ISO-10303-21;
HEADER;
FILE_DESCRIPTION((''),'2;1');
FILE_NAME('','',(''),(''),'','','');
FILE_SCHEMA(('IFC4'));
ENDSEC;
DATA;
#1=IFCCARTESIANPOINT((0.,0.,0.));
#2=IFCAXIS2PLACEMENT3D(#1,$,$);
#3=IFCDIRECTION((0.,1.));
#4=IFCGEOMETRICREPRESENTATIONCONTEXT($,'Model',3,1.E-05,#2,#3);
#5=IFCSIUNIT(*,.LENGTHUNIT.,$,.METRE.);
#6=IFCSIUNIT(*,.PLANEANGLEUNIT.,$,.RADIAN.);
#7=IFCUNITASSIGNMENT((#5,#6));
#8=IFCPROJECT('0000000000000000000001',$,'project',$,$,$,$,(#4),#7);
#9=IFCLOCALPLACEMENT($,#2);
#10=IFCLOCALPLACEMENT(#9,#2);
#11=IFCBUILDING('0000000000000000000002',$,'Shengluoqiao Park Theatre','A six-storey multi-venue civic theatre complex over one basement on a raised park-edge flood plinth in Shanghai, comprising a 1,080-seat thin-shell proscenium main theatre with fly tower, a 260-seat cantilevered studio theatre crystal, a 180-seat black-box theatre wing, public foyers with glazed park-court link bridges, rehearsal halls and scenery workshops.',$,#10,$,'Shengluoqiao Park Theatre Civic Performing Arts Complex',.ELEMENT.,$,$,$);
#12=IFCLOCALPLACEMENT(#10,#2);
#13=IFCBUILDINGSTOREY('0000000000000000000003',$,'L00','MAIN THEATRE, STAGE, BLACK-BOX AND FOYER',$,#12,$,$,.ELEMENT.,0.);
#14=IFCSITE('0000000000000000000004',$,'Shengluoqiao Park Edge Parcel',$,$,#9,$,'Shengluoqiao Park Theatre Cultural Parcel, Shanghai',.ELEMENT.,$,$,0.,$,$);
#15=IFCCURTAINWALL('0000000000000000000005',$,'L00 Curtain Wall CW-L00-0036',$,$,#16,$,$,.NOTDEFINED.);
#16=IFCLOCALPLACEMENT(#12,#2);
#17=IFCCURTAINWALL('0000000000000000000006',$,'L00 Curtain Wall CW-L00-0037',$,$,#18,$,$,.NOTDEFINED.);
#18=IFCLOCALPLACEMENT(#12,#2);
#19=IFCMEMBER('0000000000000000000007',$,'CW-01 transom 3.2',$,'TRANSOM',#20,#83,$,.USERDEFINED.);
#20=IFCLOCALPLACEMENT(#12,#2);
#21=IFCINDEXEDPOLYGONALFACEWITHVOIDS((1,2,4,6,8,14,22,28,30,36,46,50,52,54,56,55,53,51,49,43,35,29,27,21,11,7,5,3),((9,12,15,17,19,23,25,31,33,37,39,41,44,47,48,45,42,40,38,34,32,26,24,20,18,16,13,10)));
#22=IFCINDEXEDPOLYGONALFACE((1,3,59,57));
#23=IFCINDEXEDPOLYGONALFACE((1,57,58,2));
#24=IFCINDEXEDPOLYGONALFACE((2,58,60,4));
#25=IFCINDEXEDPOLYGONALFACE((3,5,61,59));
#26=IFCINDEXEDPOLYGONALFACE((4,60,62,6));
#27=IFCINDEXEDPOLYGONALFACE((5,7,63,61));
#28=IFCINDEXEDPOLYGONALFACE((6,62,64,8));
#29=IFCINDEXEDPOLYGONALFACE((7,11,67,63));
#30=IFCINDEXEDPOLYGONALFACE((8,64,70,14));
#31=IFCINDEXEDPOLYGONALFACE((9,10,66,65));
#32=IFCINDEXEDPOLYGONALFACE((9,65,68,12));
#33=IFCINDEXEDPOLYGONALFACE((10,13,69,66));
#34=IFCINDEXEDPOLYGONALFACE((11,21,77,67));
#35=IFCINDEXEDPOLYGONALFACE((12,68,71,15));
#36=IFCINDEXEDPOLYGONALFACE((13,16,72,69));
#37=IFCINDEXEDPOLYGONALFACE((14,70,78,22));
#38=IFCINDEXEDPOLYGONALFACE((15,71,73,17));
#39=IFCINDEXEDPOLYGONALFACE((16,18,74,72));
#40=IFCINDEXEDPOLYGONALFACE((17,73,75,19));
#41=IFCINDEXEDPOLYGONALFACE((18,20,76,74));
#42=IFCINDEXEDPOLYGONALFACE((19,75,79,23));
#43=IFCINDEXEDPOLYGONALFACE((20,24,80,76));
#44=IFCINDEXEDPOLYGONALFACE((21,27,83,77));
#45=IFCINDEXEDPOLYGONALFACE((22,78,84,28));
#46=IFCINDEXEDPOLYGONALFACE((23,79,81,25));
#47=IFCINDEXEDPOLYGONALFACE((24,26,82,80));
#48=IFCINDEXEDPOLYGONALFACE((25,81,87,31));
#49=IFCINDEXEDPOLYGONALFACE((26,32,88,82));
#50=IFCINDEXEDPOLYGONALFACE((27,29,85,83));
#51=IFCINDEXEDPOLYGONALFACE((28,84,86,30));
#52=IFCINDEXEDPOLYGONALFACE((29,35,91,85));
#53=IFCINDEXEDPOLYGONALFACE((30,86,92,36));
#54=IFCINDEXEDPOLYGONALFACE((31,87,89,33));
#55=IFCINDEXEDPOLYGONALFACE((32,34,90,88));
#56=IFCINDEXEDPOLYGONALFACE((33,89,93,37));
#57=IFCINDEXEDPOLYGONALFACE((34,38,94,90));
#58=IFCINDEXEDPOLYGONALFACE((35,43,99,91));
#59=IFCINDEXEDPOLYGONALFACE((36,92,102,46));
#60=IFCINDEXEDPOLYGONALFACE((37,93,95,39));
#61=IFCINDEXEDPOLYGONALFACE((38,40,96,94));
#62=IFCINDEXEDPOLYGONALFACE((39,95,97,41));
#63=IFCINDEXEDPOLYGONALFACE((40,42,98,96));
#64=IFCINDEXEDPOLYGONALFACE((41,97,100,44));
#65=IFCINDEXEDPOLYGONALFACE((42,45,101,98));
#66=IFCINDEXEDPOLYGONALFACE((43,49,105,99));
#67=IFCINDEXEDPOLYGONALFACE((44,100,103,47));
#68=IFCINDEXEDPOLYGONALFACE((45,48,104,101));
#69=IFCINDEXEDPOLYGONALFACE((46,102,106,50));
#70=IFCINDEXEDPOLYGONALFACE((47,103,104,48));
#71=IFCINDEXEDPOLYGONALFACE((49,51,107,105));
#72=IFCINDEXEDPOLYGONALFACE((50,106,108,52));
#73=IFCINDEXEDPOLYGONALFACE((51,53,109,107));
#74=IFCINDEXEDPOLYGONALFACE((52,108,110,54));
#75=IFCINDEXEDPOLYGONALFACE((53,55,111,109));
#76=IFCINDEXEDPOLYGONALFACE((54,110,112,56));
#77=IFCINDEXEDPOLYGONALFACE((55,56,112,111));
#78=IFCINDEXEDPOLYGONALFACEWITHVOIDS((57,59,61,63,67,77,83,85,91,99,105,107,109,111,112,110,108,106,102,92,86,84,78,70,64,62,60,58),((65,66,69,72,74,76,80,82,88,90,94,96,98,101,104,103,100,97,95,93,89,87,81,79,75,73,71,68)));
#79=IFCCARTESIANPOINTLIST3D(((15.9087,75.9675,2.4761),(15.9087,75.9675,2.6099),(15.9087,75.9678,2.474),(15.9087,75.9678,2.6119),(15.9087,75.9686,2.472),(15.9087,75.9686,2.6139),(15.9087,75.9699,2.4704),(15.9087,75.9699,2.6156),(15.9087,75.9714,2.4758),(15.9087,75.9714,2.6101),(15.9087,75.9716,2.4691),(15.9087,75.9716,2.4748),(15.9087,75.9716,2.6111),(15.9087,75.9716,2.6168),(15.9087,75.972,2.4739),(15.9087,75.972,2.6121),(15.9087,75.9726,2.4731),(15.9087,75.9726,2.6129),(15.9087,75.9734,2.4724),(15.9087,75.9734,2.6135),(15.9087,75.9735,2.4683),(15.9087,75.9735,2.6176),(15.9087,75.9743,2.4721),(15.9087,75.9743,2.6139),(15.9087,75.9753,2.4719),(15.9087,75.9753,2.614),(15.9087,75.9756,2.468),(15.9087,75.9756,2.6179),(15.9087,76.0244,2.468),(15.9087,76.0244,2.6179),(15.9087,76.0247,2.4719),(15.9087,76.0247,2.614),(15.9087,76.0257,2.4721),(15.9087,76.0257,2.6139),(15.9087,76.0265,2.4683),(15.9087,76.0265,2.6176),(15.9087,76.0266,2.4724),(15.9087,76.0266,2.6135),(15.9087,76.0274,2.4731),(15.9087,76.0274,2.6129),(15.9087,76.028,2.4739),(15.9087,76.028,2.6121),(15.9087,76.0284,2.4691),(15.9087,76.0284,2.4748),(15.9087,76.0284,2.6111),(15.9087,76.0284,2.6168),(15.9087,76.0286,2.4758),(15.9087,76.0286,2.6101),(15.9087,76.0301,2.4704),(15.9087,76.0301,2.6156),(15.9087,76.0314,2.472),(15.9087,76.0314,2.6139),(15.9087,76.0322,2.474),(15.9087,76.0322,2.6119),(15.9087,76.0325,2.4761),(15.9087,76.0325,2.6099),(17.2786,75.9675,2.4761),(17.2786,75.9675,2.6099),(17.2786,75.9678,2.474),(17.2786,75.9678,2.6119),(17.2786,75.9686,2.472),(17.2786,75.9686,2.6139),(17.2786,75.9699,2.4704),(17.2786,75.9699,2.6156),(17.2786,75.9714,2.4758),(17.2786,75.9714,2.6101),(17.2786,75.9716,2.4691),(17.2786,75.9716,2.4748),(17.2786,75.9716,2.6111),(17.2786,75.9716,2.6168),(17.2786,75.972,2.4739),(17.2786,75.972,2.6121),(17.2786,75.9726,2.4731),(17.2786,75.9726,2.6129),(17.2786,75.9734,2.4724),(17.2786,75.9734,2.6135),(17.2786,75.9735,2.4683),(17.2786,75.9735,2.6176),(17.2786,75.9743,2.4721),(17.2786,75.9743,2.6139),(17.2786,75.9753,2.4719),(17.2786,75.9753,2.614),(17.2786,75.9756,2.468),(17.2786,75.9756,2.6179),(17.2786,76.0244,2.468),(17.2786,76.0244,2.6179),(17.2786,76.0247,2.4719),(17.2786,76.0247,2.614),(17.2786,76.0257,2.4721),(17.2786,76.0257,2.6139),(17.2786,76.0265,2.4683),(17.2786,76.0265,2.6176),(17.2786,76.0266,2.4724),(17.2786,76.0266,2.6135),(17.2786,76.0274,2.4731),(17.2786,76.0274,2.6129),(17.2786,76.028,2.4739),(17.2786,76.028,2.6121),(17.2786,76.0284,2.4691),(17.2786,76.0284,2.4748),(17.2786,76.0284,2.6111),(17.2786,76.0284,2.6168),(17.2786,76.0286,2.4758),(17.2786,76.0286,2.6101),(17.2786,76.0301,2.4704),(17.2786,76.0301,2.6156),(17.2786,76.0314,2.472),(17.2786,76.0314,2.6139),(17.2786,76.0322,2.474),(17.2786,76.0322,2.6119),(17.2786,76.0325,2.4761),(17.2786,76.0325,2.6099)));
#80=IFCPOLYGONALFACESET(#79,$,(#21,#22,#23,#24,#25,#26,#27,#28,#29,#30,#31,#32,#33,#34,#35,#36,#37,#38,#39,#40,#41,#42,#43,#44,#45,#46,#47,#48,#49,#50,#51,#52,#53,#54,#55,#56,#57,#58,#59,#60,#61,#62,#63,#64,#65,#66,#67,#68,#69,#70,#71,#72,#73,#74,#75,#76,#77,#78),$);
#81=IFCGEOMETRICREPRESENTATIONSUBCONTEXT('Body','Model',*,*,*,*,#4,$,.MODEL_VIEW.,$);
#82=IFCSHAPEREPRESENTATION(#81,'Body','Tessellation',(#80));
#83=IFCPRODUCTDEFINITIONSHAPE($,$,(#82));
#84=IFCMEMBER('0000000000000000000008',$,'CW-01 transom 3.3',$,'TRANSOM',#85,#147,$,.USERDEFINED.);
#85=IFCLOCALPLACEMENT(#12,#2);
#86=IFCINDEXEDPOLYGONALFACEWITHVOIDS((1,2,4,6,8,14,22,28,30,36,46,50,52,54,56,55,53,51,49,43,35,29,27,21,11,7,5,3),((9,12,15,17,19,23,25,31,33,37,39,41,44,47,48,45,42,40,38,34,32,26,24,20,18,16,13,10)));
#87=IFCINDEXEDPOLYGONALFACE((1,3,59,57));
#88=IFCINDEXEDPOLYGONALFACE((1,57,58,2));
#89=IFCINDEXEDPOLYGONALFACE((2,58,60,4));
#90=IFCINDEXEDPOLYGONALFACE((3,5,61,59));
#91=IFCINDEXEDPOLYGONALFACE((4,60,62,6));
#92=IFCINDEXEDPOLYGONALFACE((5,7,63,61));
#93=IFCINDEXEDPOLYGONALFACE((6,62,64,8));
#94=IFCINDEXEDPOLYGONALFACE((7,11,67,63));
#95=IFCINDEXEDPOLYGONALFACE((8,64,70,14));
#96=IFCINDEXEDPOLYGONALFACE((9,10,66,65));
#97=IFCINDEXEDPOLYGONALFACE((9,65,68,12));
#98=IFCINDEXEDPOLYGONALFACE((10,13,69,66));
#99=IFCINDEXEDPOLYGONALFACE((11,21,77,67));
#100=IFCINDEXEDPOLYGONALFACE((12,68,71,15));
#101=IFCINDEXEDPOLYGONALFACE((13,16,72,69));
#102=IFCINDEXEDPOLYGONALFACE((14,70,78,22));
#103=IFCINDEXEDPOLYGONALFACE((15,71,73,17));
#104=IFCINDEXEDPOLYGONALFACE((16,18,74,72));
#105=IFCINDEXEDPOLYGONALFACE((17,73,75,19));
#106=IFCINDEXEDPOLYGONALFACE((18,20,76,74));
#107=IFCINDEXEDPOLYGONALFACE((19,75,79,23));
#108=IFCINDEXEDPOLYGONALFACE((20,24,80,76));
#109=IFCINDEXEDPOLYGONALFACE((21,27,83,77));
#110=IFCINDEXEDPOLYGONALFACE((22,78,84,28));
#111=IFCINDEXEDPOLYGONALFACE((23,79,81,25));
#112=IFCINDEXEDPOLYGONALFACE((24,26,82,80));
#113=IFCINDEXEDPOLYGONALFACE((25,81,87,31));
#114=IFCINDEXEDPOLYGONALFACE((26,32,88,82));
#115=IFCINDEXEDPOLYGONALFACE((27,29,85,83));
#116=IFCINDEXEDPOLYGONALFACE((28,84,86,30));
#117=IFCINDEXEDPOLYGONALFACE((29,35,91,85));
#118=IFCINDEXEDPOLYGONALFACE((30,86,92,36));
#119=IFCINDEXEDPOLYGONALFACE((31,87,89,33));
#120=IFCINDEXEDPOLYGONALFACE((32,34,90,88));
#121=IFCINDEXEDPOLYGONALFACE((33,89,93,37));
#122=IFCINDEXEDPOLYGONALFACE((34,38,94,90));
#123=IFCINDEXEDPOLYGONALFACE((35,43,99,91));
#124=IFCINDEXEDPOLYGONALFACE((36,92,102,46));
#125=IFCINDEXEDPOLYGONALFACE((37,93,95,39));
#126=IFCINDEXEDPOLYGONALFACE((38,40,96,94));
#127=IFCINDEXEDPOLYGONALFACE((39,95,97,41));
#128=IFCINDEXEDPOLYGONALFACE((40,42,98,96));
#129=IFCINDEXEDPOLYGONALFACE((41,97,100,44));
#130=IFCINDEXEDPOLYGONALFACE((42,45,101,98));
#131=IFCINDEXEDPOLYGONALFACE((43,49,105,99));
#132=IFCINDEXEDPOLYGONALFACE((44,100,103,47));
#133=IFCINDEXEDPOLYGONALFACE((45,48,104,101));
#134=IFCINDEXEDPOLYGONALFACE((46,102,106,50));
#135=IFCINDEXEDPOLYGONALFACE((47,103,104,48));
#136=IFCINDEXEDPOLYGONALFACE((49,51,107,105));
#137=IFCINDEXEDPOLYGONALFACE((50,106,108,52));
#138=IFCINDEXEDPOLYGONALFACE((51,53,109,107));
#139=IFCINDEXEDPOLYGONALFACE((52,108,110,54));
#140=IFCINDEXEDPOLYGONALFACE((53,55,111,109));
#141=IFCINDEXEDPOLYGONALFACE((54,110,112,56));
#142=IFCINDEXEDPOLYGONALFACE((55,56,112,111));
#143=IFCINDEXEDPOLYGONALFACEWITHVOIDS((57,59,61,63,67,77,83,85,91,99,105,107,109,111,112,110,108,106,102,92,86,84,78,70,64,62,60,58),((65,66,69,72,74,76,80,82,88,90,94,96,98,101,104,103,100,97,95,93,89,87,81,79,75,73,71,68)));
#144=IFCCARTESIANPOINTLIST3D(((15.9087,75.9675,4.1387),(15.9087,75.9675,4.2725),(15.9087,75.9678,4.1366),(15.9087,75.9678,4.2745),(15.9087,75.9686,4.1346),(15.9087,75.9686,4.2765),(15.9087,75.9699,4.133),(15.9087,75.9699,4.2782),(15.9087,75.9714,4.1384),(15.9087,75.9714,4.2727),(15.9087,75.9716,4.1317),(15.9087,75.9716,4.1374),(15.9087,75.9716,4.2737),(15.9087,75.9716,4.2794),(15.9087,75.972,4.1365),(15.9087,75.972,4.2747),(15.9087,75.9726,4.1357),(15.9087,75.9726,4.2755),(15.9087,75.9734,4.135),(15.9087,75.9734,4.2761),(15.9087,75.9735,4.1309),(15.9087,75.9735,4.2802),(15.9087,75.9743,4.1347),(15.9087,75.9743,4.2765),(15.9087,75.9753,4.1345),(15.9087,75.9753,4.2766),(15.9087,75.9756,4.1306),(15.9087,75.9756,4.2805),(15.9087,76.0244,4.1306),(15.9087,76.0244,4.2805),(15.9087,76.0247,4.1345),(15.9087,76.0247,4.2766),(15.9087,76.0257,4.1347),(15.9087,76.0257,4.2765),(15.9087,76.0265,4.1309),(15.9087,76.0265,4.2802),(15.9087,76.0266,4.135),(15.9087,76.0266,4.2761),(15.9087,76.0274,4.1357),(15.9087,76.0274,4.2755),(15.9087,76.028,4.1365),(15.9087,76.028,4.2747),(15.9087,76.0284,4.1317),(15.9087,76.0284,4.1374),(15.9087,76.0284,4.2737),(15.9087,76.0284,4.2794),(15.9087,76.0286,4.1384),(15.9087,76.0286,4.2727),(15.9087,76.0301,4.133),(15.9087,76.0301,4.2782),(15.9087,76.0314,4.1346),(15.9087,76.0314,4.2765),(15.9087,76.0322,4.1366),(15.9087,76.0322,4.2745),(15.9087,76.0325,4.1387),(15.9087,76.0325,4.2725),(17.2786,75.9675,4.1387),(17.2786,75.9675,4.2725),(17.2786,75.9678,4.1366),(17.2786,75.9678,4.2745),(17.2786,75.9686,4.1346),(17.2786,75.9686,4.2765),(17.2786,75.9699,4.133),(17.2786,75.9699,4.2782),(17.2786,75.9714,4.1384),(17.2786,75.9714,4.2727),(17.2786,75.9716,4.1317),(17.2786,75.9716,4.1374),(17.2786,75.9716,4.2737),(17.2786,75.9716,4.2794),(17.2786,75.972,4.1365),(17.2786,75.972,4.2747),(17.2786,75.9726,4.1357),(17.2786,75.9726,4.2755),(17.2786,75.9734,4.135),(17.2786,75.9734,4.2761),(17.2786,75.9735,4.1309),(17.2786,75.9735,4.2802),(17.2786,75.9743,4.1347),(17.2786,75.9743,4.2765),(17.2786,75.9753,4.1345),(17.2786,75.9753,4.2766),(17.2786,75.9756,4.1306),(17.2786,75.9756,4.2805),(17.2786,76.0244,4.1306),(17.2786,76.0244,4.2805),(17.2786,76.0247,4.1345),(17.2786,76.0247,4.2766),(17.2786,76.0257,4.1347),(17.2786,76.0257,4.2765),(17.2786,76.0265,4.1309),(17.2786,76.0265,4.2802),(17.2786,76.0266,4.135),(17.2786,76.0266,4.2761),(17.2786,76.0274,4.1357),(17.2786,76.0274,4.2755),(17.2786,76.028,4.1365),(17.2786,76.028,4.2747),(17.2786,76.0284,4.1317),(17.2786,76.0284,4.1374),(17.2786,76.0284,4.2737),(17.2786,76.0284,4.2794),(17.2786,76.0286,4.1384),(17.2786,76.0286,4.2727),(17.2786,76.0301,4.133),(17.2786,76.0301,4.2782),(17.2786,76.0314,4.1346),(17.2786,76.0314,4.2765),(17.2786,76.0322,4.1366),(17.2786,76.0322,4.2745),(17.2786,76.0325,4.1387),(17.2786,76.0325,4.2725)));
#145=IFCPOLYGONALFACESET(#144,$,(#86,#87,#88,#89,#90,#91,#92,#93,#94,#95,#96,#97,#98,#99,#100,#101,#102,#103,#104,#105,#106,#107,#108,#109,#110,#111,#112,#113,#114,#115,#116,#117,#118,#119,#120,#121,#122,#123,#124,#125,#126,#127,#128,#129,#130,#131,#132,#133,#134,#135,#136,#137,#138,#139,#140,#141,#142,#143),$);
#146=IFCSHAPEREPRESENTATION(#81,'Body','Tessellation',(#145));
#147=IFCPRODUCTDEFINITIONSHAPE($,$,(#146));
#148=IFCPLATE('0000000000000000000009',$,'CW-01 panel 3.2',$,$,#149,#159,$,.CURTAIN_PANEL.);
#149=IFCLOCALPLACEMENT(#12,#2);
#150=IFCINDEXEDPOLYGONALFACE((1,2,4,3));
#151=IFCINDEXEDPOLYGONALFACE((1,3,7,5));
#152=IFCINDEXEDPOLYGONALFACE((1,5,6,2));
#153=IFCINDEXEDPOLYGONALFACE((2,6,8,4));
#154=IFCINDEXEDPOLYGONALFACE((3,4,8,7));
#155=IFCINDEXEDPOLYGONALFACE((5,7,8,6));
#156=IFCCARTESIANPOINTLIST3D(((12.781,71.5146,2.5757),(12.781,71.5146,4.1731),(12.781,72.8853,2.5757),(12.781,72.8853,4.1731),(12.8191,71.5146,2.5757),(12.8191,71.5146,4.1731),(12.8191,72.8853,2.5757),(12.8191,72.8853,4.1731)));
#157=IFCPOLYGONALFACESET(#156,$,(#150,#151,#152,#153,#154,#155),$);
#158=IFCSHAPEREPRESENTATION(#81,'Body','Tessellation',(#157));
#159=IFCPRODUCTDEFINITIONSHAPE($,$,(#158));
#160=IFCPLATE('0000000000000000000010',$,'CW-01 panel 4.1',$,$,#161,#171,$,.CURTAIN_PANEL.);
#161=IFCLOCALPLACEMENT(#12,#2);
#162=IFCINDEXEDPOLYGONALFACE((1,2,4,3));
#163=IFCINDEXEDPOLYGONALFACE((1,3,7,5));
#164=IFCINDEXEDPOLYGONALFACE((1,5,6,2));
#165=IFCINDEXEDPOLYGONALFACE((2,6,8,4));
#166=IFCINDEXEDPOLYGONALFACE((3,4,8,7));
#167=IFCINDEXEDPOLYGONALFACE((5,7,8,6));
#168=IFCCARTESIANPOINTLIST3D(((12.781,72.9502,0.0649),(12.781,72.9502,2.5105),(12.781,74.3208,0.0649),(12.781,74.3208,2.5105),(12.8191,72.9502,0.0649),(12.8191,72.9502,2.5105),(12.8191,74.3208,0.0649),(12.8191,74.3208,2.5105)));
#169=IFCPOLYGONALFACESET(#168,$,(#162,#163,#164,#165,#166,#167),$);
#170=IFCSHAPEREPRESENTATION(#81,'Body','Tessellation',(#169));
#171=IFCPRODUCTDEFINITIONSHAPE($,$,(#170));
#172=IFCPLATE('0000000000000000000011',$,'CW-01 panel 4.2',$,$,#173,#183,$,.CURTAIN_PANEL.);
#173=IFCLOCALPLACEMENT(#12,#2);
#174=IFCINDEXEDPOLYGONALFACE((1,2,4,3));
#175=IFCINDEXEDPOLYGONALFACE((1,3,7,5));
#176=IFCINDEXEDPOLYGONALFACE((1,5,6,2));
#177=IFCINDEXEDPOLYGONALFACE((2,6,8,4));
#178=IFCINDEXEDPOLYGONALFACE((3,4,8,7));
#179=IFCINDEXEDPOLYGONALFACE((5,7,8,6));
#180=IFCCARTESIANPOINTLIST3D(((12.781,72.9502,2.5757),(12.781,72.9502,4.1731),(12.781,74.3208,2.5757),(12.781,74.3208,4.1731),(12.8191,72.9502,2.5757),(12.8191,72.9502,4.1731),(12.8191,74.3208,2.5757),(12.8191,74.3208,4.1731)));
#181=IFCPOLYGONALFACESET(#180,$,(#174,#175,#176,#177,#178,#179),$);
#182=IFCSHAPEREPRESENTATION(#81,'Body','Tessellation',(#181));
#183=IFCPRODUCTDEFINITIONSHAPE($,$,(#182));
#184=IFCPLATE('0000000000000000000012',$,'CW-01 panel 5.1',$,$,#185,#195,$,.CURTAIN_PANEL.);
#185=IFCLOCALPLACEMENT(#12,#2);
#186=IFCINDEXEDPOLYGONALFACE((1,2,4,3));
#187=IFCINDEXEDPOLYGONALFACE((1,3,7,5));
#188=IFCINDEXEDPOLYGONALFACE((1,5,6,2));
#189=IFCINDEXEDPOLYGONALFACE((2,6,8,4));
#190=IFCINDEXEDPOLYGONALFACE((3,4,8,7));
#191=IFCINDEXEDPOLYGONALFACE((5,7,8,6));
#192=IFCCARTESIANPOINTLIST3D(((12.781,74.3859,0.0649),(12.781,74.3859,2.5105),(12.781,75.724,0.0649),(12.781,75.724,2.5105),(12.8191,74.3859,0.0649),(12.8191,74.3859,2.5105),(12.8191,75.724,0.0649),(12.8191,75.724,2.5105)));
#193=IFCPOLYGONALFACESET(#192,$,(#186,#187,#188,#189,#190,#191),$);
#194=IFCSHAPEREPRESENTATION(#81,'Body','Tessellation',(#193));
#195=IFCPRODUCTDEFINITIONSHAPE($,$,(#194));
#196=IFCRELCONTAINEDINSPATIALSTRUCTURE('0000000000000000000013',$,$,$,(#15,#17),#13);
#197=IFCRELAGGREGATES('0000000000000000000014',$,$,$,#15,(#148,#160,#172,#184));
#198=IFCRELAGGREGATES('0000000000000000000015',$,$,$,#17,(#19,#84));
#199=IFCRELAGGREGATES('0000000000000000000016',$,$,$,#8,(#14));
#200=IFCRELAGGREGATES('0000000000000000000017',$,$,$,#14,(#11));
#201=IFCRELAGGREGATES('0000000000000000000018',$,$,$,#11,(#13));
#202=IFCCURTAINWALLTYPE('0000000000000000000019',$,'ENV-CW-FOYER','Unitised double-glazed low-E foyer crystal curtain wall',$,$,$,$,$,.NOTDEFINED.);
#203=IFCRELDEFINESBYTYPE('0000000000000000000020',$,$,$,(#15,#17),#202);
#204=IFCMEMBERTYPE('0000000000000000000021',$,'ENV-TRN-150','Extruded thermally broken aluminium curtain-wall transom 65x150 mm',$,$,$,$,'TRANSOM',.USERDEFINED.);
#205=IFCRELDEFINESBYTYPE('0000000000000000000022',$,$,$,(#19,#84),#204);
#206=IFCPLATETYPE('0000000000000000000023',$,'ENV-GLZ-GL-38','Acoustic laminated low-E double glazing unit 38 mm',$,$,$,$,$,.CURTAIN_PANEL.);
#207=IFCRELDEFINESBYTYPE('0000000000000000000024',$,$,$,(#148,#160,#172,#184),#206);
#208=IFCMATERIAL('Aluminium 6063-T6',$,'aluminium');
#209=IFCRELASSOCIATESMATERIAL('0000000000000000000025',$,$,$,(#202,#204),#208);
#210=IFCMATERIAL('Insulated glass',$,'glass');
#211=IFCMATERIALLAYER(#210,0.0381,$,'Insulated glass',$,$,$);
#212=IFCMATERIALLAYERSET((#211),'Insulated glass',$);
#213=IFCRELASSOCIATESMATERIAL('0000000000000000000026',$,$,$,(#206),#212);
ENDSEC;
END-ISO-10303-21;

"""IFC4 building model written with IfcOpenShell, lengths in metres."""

from ifc_helpers import new_model, si_unit, direction, frame, origin, origin_2d, place, context, subcontext, project, spatial, rectangle, hollow_rectangle, extrude, material, layer, layer_set, material_profile, profile_set, type_object, element, aggregate, save


model = new_model("IFC4")

# Units and contexts
model_context = context("Model", 3, precision=1e-05, world=origin(), true_north=direction((0.0, 1.0)))
body_context = subcontext(model_context, "Body", "Model", "MODEL_VIEW")
ifc_project = project(units=[si_unit("LENGTHUNIT", "METRE"), si_unit("PLANEANGLEUNIT", "RADIAN")], contexts=[model_context])

# Site, building, storey
site_placement = place(None, origin())
site = spatial("IfcSite", under=ifc_project, at=site_placement, Name="Shengluoqiao Park Edge Parcel", LongName="Shengluoqiao Park Theatre Cultural Parcel, Shanghai", CompositionType="ELEMENT", RefElevation=0.0)
building_placement = place(site_placement, origin())
building = spatial("IfcBuilding", under=site, at=building_placement, Name="Shengluoqiao Park Theatre", Description="A six-storey multi-venue civic theatre complex over one basement on a raised park-edge flood plinth in Shanghai, comprising a 1,080-seat thin-shell proscenium main theatre with fly tower, a 260-seat cantilevered studio theatre crystal, a 180-seat black-box theatre wing, public foyers with glazed park-court link bridges, rehearsal halls and scenery workshops.", LongName="Shengluoqiao Park Theatre Civic Performing Arts Complex", CompositionType="ELEMENT")
storey_placement = place(building_placement, origin())
storey = spatial("IfcBuildingStorey", under=building, at=storey_placement, Name="L00", Description="MAIN THEATRE, STAGE, BLACK-BOX AND FOYER", CompositionType="ELEMENT", Elevation=0.0)

# Curtain walls
ifc_material_1 = material(Name="Aluminium 6063-T6", Category="aluminium")
curtain_wall_type = type_object("IfcCurtainWallType", Name="ENV-CW-FOYER", Description="Unitised double-glazed low-E foyer crystal curtain wall", PredefinedType="NOTDEFINED", material=ifc_material_1)
curtain_wall_1_placement = place(storey_placement, origin())
curtain_wall_1 = element("IfcCurtainWall", 1, at=curtain_wall_1_placement, inside=storey, type_object=curtain_wall_type, Name="L00 Curtain Wall CW-L00-0036", PredefinedType="NOTDEFINED")
curtain_wall_2_placement = place(storey_placement, origin())
curtain_wall_2 = element("IfcCurtainWall", 2, at=curtain_wall_2_placement, inside=storey, type_object=curtain_wall_type, Name="L00 Curtain Wall CW-L00-0037", PredefinedType="NOTDEFINED")

# Members
ifc_material_profile_1 = material_profile(ifc_material_1, hollow_rectangle(XDim=0.0649, YDim=0.1499, WallThickness=0.0039, InnerFilletRadius=0.0039, OuterFilletRadius=0.0081, at=origin_2d()), Name="ALU TRANSOM 150x65x4")
ifc_profile_set_1 = profile_set([ifc_material_profile_1], Name="Aluminium 6063-T6")
member_type_1 = type_object("IfcMemberType", Name="ENV-TRN-150", Description="Extruded thermally broken aluminium curtain-wall transom 65x150 mm", ElementType="TRANSOM", PredefinedType="USERDEFINED", material=ifc_profile_set_1)
member_1_placement = place(storey_placement, frame((15.9087, 76.0, 2.543), z_axis=(1.0, 0.0, 0.0), x_axis=(0.0, 1.0, 0.0)))
member_1 = element("IfcMember", 3, at=member_1_placement, type_object=member_type_1, Name="CW-01 transom 3.2", ObjectType="TRANSOM", PredefinedType="USERDEFINED", context=body_context, shape_type="SweptSolid", body=[
    extrude(hollow_rectangle(XDim=0.0649, YDim=0.1499, WallThickness=0.0039, InnerFilletRadius=0.0039, OuterFilletRadius=0.0081, at=origin_2d()), origin(), (0.0, 0.0, 1.0), 1.3699),
])
member_2_placement = place(storey_placement, frame((15.9087, 76.0, 4.2056), z_axis=(1.0, 0.0, 0.0), x_axis=(0.0, 1.0, 0.0)))
member_2 = element("IfcMember", 4, at=member_2_placement, type_object=member_type_1, Name="CW-01 transom 3.3", ObjectType="TRANSOM", PredefinedType="USERDEFINED", context=body_context, shape_type="SweptSolid", body=[
    extrude(hollow_rectangle(XDim=0.0649, YDim=0.1499, WallThickness=0.0039, InnerFilletRadius=0.0039, OuterFilletRadius=0.0081, at=origin_2d()), origin(), (0.0, 0.0, 1.0), 1.3699),
])

# Plates
ifc_material_2 = material(Name="Insulated glass", Category="glass")
ifc_layer_1 = layer(ifc_material_2, 0.0381, Name="Insulated glass")
ifc_layer_set_1 = layer_set([ifc_layer_1], Name="Insulated glass")
plate_type = type_object("IfcPlateType", Name="ENV-GLZ-GL-38", Description="Acoustic laminated low-E double glazing unit 38 mm", PredefinedType="CURTAIN_PANEL", material=ifc_layer_set_1)
plate_1_placement = place(storey_placement, frame((12.8, 72.2, 2.5757), z_axis=(0.0, 0.0, 1.0), x_axis=(0.0, 1.0, 0.0)))
plate_1 = element("IfcPlate", 5, at=plate_1_placement, type_object=plate_type, Name="CW-01 panel 3.2", PredefinedType="CURTAIN_PANEL", context=body_context, shape_type="SweptSolid", body=[
    extrude(rectangle(XDim=1.3706, YDim=0.0381, at=origin_2d()), origin(), (0.0, 0.0, 1.0), 1.5974),
])
plate_2_placement = place(storey_placement, frame((12.8, 73.6355, 0.0649), z_axis=(0.0, 0.0, 1.0), x_axis=(0.0, 1.0, 0.0)))
plate_2 = element("IfcPlate", 6, at=plate_2_placement, type_object=plate_type, Name="CW-01 panel 4.1", PredefinedType="CURTAIN_PANEL", context=body_context, shape_type="SweptSolid", body=[
    extrude(rectangle(XDim=1.3706, YDim=0.0381, at=origin_2d()), origin(), (0.0, 0.0, 1.0), 2.4456),
])
plate_3_placement = place(storey_placement, frame((12.8, 73.6355, 2.5757), z_axis=(0.0, 0.0, 1.0), x_axis=(0.0, 1.0, 0.0)))
plate_3 = element("IfcPlate", 7, at=plate_3_placement, type_object=plate_type, Name="CW-01 panel 4.2", PredefinedType="CURTAIN_PANEL", context=body_context, shape_type="SweptSolid", body=[
    extrude(rectangle(XDim=1.3706, YDim=0.0381, at=origin_2d()), origin(), (0.0, 0.0, 1.0), 1.5974),
])
plate_4_placement = place(storey_placement, frame((12.8, 75.0549, 0.0649), z_axis=(0.0, 0.0, 1.0), x_axis=(0.0, 1.0, 0.0)))
plate_4 = element("IfcPlate", 8, at=plate_4_placement, type_object=plate_type, Name="CW-01 panel 5.1", PredefinedType="CURTAIN_PANEL", context=body_context, shape_type="SweptSolid", body=[
    extrude(rectangle(XDim=1.3381, YDim=0.0381, at=origin_2d()), origin(), (0.0, 0.0, 1.0), 2.4456),
])
aggregate(curtain_wall_1, [plate_1, plate_2, plate_3, plate_4])
aggregate(curtain_wall_2, [member_1, member_2])

save(model, "model.ifc")
